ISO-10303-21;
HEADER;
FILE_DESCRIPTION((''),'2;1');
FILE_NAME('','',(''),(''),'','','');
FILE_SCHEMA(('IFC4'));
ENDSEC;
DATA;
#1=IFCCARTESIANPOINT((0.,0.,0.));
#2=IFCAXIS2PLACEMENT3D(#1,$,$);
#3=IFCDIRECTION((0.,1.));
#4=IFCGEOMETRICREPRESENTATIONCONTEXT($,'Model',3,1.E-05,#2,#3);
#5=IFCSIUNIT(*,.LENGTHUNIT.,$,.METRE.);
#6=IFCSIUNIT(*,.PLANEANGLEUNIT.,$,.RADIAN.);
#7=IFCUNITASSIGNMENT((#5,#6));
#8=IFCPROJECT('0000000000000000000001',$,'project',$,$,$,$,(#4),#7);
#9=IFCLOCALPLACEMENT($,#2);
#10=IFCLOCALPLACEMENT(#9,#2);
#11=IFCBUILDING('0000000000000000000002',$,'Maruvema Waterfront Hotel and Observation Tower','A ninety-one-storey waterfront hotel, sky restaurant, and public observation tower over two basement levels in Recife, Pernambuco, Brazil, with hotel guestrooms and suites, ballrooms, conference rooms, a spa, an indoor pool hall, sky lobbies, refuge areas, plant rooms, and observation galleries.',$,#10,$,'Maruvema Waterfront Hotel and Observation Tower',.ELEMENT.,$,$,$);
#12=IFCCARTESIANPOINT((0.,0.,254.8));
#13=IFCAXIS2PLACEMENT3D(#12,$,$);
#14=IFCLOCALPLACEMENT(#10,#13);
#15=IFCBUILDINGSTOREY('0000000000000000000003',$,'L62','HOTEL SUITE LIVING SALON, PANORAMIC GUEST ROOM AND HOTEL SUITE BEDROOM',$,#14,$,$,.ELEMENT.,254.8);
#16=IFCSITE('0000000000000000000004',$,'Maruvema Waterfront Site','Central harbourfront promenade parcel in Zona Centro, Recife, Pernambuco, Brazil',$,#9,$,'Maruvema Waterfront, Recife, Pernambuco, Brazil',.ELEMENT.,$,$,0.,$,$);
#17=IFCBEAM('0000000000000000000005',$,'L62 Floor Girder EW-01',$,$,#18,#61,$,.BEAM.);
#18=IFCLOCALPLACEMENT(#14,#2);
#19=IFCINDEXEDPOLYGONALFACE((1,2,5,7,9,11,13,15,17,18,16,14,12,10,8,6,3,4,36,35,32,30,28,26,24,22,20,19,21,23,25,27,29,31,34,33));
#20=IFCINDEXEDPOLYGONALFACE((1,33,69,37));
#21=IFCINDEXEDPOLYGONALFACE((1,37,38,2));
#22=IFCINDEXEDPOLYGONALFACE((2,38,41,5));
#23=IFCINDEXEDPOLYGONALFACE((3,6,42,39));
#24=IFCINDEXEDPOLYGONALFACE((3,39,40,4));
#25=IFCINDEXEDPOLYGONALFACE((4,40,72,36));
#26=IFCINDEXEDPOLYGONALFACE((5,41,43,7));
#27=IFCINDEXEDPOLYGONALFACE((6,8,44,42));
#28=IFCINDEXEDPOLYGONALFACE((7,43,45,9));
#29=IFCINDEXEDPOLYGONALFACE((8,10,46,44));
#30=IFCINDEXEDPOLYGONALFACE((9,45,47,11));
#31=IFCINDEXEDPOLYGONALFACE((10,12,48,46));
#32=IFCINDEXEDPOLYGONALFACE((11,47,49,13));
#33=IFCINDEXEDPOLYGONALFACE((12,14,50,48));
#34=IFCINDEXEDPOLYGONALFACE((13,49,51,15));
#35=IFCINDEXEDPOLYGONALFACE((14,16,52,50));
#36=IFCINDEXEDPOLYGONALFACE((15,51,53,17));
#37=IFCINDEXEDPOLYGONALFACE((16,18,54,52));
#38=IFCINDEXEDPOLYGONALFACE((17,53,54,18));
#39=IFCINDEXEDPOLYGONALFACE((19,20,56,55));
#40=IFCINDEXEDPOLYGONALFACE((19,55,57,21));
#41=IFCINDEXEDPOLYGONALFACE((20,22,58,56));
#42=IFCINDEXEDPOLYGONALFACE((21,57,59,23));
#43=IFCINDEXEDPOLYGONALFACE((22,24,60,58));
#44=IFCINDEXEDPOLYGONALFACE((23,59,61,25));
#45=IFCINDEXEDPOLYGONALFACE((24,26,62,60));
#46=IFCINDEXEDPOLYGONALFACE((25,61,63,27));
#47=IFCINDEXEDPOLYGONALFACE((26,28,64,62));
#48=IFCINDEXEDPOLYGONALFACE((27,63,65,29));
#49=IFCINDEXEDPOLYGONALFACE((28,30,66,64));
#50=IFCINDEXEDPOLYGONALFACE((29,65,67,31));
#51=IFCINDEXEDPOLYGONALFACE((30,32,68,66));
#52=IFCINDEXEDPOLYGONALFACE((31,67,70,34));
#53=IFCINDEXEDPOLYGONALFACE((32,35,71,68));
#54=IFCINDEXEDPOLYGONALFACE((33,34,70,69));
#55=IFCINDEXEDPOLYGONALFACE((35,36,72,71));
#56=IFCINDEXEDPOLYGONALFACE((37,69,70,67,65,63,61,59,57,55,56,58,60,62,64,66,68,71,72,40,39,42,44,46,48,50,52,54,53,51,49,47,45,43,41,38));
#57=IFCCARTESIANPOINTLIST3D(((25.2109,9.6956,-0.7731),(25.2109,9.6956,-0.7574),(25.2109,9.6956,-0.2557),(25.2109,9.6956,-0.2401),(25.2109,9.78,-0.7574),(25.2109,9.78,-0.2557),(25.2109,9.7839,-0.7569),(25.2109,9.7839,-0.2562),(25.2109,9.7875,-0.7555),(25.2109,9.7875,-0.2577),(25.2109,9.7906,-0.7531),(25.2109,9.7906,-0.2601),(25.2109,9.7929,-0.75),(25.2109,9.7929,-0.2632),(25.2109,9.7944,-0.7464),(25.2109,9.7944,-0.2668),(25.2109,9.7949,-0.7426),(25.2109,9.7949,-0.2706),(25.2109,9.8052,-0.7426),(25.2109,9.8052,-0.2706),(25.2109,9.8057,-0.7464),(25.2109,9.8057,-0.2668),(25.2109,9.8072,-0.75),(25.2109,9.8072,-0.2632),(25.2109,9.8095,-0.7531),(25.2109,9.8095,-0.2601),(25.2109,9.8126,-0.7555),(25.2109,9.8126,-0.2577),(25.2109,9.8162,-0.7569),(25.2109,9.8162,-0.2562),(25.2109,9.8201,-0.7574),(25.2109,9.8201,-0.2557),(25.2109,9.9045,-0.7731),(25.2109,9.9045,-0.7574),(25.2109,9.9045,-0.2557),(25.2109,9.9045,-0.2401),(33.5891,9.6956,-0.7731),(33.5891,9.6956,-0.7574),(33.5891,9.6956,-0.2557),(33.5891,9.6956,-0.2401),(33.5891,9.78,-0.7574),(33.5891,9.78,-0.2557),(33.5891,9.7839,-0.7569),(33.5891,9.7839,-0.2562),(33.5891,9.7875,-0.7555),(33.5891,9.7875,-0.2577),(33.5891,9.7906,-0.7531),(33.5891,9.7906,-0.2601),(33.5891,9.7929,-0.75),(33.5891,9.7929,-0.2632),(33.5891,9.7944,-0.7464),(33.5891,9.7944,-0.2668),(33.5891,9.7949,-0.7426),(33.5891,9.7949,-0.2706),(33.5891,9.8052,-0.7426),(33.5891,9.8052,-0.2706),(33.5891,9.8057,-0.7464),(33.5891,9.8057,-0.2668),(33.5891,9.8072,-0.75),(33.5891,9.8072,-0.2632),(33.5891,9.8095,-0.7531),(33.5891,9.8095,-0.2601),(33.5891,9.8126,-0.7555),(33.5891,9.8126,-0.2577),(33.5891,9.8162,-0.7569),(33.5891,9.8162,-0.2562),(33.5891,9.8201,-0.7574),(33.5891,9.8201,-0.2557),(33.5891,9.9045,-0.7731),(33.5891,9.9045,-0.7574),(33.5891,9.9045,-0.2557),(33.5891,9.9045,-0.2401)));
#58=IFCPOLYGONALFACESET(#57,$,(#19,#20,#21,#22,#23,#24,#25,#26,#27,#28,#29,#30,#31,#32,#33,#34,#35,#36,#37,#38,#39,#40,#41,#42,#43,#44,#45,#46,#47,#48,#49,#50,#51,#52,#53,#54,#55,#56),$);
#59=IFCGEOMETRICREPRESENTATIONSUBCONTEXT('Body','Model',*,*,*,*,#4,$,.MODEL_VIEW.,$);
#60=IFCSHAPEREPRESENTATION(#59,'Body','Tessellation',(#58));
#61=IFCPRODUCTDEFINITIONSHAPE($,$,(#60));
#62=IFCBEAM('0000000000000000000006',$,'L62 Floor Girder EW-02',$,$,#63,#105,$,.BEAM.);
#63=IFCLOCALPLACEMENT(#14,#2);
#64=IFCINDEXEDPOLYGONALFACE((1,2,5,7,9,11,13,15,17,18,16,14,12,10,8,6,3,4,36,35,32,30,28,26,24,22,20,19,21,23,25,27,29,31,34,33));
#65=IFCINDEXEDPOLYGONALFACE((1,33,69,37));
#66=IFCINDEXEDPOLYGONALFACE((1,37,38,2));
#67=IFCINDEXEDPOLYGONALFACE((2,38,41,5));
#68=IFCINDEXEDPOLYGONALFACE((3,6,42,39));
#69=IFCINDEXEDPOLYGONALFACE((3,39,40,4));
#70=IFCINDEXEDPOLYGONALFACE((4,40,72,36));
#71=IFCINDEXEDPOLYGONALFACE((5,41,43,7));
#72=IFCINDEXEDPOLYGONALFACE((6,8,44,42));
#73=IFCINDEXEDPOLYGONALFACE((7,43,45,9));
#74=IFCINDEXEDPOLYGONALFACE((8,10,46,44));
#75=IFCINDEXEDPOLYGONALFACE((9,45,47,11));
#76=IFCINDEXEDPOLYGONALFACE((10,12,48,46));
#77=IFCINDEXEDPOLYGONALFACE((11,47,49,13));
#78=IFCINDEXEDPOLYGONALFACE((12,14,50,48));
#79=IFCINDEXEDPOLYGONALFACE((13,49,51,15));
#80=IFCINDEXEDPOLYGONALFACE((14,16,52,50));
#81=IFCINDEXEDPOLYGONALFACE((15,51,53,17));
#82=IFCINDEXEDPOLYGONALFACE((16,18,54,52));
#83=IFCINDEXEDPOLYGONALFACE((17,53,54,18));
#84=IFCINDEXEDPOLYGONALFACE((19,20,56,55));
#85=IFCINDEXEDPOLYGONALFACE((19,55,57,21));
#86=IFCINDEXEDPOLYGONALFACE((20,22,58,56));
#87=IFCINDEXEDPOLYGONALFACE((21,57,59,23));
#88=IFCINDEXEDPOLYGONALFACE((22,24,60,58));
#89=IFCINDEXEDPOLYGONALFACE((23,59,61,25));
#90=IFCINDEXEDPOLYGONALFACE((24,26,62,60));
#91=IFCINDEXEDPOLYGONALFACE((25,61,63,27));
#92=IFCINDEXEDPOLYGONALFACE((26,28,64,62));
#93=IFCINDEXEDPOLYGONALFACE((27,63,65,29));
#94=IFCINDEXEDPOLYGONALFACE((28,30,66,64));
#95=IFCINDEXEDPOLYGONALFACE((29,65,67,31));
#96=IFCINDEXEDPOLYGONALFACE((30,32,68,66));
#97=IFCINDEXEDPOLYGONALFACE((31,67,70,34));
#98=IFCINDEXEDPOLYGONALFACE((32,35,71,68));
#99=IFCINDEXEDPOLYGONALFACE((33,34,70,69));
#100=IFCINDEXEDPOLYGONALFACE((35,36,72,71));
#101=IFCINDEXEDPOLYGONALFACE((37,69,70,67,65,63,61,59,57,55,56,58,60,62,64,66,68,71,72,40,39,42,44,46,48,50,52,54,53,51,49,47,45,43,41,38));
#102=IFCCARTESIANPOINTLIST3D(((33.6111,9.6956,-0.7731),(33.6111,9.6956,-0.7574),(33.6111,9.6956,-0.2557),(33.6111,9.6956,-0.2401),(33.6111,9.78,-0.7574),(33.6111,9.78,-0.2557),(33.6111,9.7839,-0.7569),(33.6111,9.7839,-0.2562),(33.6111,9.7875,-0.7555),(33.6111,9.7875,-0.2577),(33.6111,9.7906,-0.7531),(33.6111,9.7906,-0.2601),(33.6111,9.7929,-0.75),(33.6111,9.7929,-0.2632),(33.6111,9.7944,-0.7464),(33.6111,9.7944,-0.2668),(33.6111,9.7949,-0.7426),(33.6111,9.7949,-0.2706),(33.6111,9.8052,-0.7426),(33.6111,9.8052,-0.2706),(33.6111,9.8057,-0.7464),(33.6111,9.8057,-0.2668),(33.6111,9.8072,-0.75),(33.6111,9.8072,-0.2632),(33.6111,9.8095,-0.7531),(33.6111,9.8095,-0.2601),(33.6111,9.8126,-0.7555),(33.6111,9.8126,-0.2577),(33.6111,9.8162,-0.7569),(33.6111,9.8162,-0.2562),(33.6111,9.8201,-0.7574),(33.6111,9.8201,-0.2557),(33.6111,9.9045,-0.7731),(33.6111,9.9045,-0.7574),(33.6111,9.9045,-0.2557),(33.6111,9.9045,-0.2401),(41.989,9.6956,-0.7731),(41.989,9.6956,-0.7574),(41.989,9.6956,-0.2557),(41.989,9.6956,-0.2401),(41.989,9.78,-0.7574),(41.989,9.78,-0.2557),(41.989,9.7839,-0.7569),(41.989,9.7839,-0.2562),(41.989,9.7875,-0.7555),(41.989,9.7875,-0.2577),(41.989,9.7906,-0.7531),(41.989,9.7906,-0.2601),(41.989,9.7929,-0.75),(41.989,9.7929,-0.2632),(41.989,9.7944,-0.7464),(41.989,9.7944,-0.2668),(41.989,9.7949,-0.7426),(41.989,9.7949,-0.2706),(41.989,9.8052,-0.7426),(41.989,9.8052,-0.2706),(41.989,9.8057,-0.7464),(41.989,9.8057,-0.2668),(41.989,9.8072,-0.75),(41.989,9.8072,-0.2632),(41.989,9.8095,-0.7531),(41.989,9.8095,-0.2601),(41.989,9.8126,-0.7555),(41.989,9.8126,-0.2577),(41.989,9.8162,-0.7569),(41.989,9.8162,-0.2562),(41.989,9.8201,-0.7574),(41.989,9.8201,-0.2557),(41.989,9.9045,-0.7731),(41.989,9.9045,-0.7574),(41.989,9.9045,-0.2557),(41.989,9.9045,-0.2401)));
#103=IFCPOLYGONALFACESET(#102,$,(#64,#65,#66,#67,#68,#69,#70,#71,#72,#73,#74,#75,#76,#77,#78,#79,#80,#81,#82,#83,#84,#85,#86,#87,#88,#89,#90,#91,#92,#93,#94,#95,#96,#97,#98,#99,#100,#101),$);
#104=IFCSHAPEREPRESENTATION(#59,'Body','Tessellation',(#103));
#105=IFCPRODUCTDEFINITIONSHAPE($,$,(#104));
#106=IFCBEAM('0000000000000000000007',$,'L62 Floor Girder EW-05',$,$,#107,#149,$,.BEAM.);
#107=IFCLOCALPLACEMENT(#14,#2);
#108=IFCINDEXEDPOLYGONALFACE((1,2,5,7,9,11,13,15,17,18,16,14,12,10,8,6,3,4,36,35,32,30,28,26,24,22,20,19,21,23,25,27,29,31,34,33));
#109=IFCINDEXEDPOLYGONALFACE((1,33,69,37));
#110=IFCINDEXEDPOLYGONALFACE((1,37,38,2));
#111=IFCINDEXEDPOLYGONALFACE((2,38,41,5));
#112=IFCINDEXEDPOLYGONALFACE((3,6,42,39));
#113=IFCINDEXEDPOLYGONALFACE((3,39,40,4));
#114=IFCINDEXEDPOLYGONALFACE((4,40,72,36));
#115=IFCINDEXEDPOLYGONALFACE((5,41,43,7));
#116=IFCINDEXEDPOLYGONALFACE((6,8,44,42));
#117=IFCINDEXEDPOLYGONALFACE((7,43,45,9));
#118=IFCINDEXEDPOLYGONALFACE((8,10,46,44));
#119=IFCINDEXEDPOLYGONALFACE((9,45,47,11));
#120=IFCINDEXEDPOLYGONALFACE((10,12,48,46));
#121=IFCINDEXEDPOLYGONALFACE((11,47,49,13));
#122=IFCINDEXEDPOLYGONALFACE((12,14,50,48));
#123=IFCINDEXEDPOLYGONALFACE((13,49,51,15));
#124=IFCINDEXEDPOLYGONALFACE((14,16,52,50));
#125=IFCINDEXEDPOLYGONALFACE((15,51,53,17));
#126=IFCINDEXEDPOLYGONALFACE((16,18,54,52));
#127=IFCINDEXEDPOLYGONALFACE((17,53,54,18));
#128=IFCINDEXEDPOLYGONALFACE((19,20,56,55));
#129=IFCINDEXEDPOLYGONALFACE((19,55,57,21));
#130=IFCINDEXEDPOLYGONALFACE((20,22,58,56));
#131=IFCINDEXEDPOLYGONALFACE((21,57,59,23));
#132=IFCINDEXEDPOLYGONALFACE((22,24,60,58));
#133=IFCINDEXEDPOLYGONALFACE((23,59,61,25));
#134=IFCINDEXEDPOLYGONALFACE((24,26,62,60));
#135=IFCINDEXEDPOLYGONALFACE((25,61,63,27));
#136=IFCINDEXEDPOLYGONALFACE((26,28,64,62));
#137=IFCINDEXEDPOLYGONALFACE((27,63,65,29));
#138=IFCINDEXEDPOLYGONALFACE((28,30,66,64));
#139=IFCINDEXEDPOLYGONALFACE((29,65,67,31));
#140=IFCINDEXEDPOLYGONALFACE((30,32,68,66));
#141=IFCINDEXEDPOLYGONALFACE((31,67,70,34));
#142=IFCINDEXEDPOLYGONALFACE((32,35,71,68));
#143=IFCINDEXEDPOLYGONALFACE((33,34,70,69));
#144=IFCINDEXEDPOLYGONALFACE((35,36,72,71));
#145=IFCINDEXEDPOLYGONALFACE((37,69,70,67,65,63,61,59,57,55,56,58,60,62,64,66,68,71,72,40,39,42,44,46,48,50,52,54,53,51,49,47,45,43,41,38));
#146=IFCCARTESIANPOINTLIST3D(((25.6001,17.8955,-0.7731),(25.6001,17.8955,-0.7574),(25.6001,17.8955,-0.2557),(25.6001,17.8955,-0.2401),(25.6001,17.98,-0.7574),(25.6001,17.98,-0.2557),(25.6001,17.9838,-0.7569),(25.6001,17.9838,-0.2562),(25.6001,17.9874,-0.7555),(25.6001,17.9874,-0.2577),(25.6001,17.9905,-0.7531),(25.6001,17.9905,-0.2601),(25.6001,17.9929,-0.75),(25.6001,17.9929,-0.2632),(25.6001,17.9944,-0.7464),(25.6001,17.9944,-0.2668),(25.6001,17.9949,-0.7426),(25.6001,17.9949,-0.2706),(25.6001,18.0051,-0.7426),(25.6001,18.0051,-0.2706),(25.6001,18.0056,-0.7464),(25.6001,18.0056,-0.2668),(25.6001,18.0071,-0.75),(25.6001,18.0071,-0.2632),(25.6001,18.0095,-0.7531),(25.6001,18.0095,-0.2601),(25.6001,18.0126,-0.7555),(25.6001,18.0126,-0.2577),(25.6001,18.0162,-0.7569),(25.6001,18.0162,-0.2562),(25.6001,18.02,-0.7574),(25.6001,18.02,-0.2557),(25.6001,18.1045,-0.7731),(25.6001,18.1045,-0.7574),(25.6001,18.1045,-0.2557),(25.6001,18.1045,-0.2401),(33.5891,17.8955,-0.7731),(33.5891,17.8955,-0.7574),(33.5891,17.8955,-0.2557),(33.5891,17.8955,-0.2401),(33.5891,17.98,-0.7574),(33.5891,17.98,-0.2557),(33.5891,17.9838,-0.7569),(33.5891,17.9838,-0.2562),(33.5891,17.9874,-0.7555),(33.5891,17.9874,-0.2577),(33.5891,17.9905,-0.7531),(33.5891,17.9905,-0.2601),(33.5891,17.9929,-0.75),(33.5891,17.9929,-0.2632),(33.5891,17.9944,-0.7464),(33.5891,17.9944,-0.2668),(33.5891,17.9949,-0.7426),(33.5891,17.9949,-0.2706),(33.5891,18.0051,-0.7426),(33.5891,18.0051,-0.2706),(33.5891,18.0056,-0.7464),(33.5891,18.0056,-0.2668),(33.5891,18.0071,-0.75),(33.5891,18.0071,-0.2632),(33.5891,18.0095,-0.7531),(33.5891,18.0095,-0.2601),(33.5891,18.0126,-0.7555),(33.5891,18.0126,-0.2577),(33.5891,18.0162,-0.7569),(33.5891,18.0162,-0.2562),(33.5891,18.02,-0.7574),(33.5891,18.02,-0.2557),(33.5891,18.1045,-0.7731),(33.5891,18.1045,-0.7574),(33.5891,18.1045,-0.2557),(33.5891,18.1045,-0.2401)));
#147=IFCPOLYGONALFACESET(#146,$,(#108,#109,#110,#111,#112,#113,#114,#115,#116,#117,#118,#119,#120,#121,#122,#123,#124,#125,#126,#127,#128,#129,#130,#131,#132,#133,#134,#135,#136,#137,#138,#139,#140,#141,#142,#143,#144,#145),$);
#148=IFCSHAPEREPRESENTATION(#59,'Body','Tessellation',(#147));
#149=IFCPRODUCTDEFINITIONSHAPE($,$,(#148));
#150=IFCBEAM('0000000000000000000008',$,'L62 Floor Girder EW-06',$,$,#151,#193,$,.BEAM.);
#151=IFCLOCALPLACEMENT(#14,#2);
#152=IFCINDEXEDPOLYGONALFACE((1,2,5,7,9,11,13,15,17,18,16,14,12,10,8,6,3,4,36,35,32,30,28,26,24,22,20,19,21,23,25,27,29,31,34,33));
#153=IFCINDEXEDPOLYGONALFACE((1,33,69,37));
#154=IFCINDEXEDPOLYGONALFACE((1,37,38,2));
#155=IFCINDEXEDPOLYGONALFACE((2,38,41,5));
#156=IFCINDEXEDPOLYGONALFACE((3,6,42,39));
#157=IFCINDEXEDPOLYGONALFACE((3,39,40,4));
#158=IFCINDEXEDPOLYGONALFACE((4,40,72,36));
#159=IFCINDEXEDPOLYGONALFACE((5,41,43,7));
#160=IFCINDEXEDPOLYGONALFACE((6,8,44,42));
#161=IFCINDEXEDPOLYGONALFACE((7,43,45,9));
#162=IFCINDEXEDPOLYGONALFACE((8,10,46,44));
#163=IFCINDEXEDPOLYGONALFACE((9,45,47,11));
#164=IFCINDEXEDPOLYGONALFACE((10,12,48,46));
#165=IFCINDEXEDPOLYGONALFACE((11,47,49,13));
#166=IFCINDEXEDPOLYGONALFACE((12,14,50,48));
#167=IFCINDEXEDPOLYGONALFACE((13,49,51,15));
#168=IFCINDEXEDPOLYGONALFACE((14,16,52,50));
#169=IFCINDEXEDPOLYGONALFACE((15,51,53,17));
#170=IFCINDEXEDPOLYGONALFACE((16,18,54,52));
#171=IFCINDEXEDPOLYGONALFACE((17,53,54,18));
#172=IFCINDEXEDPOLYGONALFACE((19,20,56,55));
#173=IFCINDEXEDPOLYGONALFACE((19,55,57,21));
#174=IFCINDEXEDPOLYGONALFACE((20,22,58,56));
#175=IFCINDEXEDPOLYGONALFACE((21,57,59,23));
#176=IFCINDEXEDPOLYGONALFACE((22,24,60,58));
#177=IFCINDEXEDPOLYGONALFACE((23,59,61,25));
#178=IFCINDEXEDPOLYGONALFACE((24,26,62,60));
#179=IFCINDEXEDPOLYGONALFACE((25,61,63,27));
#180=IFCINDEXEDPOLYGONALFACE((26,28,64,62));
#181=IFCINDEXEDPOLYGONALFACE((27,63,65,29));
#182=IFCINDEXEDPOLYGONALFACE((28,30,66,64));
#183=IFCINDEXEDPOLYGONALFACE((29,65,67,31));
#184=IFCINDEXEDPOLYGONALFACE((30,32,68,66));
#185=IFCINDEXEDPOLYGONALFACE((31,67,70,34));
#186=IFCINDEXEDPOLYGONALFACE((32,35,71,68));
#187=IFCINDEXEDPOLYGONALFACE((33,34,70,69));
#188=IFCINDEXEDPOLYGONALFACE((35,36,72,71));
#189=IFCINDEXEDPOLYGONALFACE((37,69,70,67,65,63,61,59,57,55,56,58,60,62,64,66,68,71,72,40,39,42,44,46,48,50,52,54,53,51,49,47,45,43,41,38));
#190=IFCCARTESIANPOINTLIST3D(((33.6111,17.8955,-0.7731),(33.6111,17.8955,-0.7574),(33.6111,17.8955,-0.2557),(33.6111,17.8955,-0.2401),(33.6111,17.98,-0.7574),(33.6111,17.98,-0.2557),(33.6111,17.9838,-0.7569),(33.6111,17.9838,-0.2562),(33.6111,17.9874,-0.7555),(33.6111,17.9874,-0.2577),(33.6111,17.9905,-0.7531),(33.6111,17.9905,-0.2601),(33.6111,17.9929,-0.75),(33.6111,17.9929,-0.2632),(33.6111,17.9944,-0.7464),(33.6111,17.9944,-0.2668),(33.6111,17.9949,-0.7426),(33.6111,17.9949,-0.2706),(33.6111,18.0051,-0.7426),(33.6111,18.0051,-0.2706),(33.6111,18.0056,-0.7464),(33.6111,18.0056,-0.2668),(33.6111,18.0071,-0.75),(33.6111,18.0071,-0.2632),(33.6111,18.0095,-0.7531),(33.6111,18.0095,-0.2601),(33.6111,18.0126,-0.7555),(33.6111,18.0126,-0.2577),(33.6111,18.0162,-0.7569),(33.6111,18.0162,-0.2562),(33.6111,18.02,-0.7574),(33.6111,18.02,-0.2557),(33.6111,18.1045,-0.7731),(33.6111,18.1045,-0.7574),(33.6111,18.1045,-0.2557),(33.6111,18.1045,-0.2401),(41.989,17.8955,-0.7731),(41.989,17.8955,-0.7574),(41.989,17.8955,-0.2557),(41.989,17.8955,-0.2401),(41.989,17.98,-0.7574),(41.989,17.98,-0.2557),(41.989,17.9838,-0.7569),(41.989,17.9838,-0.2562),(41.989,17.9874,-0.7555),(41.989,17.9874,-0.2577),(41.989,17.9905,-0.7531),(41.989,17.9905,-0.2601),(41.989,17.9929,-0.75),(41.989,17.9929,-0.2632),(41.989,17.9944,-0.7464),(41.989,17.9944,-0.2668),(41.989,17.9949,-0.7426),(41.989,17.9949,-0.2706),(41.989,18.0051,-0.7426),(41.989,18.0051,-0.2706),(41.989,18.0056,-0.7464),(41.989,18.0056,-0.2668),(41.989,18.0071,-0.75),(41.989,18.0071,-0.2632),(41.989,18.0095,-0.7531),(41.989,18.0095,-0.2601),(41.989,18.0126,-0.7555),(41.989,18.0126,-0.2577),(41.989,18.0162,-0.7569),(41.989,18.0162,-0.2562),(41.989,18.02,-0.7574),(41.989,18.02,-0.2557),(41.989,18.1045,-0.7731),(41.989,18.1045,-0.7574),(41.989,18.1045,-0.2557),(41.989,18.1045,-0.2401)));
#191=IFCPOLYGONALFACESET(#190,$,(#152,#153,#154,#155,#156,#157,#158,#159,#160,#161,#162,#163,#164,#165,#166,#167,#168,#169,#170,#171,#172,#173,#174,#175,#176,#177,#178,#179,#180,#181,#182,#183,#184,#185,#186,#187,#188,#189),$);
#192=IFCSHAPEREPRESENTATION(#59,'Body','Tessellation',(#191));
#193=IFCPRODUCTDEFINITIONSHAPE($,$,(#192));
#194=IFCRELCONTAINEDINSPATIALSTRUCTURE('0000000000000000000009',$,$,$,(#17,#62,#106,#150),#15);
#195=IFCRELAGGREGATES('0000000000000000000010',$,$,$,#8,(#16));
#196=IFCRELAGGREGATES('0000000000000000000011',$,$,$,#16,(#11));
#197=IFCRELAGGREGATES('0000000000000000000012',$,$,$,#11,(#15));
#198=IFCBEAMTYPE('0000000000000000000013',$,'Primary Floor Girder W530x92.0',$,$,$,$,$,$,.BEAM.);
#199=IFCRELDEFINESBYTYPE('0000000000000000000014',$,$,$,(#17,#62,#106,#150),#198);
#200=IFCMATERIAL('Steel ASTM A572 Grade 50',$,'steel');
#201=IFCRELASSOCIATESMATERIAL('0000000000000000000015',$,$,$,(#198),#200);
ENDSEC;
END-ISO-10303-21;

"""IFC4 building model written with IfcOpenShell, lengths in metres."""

from ifc_helpers import new_model, si_unit, direction, frame, origin, origin_2d, place, context, subcontext, project, spatial, i_section, extrude, material, material_profile, profile_set, type_object, element, save


model = new_model("IFC4")

# Units and contexts
model_context = context("Model", 3, precision=1e-05, world=origin(), true_north=direction((0.0, 1.0)))
body_context = subcontext(model_context, "Body", "Model", "MODEL_VIEW")
ifc_project = project(units=[si_unit("LENGTHUNIT", "METRE"), si_unit("PLANEANGLEUNIT", "RADIAN")], contexts=[model_context])

# Site, building, storey
site_placement = place(None, origin())
site = spatial("IfcSite", under=ifc_project, at=site_placement, Name="Maruvema Waterfront Site", Description="Central harbourfront promenade parcel in Zona Centro, Recife, Pernambuco, Brazil", LongName="Maruvema Waterfront, Recife, Pernambuco, Brazil", CompositionType="ELEMENT", RefElevation=0.0)
building_placement = place(site_placement, origin())
building = spatial("IfcBuilding", under=site, at=building_placement, Name="Maruvema Waterfront Hotel and Observation Tower", Description="A ninety-one-storey waterfront hotel, sky restaurant, and public observation tower over two basement levels in Recife, Pernambuco, Brazil, with hotel guestrooms and suites, ballrooms, conference rooms, a spa, an indoor pool hall, sky lobbies, refuge areas, plant rooms, and observation galleries.", LongName="Maruvema Waterfront Hotel and Observation Tower", CompositionType="ELEMENT")
storey_placement = place(building_placement, frame((0.0, 0.0, 254.8)))
storey = spatial("IfcBuildingStorey", under=building, at=storey_placement, Name="L62", Description="HOTEL SUITE LIVING SALON, PANORAMIC GUEST ROOM AND HOTEL SUITE BEDROOM", CompositionType="ELEMENT", Elevation=254.8)

# Beams
ifc_material_1 = material(Name="Steel ASTM A572 Grade 50", Category="steel")
ifc_material_profile_1 = material_profile(ifc_material_1, i_section(OverallWidth=0.209, OverallDepth=0.533, WebThickness=0.0103, FlangeThickness=0.0156, FilletRadius=0.0149, at=origin_2d()), Name="W530x92.0")
ifc_profile_set_1 = profile_set([ifc_material_profile_1], Name="Steel ASTM A572 Grade 50")
beam_type_1 = type_object("IfcBeamType", Name="Primary Floor Girder W530x92.0", PredefinedType="BEAM", material=ifc_profile_set_1)
beam_1_placement = place(storey_placement, frame((25.2109, 9.8, -0.5066), z_axis=(1.0, 0.0, 0.0), x_axis=(0.0, 1.0, 0.0)))
element("IfcBeam", 1, at=beam_1_placement, inside=storey, type_object=beam_type_1, Name="L62 Floor Girder EW-01", PredefinedType="BEAM", context=body_context, shape_type="SweptSolid", body=[
    extrude(i_section(OverallWidth=0.209, OverallDepth=0.533, WebThickness=0.0103, FlangeThickness=0.0156, FilletRadius=0.0149, at=origin_2d()), origin(), (0.0, 0.0, 1.0), 8.3782),
])
beam_2_placement = place(storey_placement, frame((33.6111, 9.8, -0.5066), z_axis=(1.0, 0.0, 0.0), x_axis=(0.0, 1.0, 0.0)))
element("IfcBeam", 2, at=beam_2_placement, inside=storey, type_object=beam_type_1, Name="L62 Floor Girder EW-02", PredefinedType="BEAM", context=body_context, shape_type="SweptSolid", body=[
    extrude(i_section(OverallWidth=0.209, OverallDepth=0.533, WebThickness=0.0103, FlangeThickness=0.0156, FilletRadius=0.0149, at=origin_2d()), origin(), (0.0, 0.0, 1.0), 8.3779),
])
beam_3_placement = place(storey_placement, frame((25.6001, 18.0, -0.5066), z_axis=(1.0, 0.0, 0.0), x_axis=(0.0, 1.0, 0.0)))
element("IfcBeam", 3, at=beam_3_placement, inside=storey, type_object=beam_type_1, Name="L62 Floor Girder EW-05", PredefinedType="BEAM", context=body_context, shape_type="SweptSolid", body=[
    extrude(i_section(OverallWidth=0.209, OverallDepth=0.533, WebThickness=0.0103, FlangeThickness=0.0156, FilletRadius=0.0149, at=origin_2d()), origin(), (0.0, 0.0, 1.0), 7.989),
])
beam_4_placement = place(storey_placement, frame((33.6111, 18.0, -0.5066), z_axis=(1.0, 0.0, 0.0), x_axis=(0.0, 1.0, 0.0)))
element("IfcBeam", 4, at=beam_4_placement, inside=storey, type_object=beam_type_1, Name="L62 Floor Girder EW-06", PredefinedType="BEAM", context=body_context, shape_type="SweptSolid", body=[
    extrude(i_section(OverallWidth=0.209, OverallDepth=0.533, WebThickness=0.0103, FlangeThickness=0.0156, FilletRadius=0.0149, at=origin_2d()), origin(), (0.0, 0.0, 1.0), 8.3779),
])

save(model, "model.ifc")
